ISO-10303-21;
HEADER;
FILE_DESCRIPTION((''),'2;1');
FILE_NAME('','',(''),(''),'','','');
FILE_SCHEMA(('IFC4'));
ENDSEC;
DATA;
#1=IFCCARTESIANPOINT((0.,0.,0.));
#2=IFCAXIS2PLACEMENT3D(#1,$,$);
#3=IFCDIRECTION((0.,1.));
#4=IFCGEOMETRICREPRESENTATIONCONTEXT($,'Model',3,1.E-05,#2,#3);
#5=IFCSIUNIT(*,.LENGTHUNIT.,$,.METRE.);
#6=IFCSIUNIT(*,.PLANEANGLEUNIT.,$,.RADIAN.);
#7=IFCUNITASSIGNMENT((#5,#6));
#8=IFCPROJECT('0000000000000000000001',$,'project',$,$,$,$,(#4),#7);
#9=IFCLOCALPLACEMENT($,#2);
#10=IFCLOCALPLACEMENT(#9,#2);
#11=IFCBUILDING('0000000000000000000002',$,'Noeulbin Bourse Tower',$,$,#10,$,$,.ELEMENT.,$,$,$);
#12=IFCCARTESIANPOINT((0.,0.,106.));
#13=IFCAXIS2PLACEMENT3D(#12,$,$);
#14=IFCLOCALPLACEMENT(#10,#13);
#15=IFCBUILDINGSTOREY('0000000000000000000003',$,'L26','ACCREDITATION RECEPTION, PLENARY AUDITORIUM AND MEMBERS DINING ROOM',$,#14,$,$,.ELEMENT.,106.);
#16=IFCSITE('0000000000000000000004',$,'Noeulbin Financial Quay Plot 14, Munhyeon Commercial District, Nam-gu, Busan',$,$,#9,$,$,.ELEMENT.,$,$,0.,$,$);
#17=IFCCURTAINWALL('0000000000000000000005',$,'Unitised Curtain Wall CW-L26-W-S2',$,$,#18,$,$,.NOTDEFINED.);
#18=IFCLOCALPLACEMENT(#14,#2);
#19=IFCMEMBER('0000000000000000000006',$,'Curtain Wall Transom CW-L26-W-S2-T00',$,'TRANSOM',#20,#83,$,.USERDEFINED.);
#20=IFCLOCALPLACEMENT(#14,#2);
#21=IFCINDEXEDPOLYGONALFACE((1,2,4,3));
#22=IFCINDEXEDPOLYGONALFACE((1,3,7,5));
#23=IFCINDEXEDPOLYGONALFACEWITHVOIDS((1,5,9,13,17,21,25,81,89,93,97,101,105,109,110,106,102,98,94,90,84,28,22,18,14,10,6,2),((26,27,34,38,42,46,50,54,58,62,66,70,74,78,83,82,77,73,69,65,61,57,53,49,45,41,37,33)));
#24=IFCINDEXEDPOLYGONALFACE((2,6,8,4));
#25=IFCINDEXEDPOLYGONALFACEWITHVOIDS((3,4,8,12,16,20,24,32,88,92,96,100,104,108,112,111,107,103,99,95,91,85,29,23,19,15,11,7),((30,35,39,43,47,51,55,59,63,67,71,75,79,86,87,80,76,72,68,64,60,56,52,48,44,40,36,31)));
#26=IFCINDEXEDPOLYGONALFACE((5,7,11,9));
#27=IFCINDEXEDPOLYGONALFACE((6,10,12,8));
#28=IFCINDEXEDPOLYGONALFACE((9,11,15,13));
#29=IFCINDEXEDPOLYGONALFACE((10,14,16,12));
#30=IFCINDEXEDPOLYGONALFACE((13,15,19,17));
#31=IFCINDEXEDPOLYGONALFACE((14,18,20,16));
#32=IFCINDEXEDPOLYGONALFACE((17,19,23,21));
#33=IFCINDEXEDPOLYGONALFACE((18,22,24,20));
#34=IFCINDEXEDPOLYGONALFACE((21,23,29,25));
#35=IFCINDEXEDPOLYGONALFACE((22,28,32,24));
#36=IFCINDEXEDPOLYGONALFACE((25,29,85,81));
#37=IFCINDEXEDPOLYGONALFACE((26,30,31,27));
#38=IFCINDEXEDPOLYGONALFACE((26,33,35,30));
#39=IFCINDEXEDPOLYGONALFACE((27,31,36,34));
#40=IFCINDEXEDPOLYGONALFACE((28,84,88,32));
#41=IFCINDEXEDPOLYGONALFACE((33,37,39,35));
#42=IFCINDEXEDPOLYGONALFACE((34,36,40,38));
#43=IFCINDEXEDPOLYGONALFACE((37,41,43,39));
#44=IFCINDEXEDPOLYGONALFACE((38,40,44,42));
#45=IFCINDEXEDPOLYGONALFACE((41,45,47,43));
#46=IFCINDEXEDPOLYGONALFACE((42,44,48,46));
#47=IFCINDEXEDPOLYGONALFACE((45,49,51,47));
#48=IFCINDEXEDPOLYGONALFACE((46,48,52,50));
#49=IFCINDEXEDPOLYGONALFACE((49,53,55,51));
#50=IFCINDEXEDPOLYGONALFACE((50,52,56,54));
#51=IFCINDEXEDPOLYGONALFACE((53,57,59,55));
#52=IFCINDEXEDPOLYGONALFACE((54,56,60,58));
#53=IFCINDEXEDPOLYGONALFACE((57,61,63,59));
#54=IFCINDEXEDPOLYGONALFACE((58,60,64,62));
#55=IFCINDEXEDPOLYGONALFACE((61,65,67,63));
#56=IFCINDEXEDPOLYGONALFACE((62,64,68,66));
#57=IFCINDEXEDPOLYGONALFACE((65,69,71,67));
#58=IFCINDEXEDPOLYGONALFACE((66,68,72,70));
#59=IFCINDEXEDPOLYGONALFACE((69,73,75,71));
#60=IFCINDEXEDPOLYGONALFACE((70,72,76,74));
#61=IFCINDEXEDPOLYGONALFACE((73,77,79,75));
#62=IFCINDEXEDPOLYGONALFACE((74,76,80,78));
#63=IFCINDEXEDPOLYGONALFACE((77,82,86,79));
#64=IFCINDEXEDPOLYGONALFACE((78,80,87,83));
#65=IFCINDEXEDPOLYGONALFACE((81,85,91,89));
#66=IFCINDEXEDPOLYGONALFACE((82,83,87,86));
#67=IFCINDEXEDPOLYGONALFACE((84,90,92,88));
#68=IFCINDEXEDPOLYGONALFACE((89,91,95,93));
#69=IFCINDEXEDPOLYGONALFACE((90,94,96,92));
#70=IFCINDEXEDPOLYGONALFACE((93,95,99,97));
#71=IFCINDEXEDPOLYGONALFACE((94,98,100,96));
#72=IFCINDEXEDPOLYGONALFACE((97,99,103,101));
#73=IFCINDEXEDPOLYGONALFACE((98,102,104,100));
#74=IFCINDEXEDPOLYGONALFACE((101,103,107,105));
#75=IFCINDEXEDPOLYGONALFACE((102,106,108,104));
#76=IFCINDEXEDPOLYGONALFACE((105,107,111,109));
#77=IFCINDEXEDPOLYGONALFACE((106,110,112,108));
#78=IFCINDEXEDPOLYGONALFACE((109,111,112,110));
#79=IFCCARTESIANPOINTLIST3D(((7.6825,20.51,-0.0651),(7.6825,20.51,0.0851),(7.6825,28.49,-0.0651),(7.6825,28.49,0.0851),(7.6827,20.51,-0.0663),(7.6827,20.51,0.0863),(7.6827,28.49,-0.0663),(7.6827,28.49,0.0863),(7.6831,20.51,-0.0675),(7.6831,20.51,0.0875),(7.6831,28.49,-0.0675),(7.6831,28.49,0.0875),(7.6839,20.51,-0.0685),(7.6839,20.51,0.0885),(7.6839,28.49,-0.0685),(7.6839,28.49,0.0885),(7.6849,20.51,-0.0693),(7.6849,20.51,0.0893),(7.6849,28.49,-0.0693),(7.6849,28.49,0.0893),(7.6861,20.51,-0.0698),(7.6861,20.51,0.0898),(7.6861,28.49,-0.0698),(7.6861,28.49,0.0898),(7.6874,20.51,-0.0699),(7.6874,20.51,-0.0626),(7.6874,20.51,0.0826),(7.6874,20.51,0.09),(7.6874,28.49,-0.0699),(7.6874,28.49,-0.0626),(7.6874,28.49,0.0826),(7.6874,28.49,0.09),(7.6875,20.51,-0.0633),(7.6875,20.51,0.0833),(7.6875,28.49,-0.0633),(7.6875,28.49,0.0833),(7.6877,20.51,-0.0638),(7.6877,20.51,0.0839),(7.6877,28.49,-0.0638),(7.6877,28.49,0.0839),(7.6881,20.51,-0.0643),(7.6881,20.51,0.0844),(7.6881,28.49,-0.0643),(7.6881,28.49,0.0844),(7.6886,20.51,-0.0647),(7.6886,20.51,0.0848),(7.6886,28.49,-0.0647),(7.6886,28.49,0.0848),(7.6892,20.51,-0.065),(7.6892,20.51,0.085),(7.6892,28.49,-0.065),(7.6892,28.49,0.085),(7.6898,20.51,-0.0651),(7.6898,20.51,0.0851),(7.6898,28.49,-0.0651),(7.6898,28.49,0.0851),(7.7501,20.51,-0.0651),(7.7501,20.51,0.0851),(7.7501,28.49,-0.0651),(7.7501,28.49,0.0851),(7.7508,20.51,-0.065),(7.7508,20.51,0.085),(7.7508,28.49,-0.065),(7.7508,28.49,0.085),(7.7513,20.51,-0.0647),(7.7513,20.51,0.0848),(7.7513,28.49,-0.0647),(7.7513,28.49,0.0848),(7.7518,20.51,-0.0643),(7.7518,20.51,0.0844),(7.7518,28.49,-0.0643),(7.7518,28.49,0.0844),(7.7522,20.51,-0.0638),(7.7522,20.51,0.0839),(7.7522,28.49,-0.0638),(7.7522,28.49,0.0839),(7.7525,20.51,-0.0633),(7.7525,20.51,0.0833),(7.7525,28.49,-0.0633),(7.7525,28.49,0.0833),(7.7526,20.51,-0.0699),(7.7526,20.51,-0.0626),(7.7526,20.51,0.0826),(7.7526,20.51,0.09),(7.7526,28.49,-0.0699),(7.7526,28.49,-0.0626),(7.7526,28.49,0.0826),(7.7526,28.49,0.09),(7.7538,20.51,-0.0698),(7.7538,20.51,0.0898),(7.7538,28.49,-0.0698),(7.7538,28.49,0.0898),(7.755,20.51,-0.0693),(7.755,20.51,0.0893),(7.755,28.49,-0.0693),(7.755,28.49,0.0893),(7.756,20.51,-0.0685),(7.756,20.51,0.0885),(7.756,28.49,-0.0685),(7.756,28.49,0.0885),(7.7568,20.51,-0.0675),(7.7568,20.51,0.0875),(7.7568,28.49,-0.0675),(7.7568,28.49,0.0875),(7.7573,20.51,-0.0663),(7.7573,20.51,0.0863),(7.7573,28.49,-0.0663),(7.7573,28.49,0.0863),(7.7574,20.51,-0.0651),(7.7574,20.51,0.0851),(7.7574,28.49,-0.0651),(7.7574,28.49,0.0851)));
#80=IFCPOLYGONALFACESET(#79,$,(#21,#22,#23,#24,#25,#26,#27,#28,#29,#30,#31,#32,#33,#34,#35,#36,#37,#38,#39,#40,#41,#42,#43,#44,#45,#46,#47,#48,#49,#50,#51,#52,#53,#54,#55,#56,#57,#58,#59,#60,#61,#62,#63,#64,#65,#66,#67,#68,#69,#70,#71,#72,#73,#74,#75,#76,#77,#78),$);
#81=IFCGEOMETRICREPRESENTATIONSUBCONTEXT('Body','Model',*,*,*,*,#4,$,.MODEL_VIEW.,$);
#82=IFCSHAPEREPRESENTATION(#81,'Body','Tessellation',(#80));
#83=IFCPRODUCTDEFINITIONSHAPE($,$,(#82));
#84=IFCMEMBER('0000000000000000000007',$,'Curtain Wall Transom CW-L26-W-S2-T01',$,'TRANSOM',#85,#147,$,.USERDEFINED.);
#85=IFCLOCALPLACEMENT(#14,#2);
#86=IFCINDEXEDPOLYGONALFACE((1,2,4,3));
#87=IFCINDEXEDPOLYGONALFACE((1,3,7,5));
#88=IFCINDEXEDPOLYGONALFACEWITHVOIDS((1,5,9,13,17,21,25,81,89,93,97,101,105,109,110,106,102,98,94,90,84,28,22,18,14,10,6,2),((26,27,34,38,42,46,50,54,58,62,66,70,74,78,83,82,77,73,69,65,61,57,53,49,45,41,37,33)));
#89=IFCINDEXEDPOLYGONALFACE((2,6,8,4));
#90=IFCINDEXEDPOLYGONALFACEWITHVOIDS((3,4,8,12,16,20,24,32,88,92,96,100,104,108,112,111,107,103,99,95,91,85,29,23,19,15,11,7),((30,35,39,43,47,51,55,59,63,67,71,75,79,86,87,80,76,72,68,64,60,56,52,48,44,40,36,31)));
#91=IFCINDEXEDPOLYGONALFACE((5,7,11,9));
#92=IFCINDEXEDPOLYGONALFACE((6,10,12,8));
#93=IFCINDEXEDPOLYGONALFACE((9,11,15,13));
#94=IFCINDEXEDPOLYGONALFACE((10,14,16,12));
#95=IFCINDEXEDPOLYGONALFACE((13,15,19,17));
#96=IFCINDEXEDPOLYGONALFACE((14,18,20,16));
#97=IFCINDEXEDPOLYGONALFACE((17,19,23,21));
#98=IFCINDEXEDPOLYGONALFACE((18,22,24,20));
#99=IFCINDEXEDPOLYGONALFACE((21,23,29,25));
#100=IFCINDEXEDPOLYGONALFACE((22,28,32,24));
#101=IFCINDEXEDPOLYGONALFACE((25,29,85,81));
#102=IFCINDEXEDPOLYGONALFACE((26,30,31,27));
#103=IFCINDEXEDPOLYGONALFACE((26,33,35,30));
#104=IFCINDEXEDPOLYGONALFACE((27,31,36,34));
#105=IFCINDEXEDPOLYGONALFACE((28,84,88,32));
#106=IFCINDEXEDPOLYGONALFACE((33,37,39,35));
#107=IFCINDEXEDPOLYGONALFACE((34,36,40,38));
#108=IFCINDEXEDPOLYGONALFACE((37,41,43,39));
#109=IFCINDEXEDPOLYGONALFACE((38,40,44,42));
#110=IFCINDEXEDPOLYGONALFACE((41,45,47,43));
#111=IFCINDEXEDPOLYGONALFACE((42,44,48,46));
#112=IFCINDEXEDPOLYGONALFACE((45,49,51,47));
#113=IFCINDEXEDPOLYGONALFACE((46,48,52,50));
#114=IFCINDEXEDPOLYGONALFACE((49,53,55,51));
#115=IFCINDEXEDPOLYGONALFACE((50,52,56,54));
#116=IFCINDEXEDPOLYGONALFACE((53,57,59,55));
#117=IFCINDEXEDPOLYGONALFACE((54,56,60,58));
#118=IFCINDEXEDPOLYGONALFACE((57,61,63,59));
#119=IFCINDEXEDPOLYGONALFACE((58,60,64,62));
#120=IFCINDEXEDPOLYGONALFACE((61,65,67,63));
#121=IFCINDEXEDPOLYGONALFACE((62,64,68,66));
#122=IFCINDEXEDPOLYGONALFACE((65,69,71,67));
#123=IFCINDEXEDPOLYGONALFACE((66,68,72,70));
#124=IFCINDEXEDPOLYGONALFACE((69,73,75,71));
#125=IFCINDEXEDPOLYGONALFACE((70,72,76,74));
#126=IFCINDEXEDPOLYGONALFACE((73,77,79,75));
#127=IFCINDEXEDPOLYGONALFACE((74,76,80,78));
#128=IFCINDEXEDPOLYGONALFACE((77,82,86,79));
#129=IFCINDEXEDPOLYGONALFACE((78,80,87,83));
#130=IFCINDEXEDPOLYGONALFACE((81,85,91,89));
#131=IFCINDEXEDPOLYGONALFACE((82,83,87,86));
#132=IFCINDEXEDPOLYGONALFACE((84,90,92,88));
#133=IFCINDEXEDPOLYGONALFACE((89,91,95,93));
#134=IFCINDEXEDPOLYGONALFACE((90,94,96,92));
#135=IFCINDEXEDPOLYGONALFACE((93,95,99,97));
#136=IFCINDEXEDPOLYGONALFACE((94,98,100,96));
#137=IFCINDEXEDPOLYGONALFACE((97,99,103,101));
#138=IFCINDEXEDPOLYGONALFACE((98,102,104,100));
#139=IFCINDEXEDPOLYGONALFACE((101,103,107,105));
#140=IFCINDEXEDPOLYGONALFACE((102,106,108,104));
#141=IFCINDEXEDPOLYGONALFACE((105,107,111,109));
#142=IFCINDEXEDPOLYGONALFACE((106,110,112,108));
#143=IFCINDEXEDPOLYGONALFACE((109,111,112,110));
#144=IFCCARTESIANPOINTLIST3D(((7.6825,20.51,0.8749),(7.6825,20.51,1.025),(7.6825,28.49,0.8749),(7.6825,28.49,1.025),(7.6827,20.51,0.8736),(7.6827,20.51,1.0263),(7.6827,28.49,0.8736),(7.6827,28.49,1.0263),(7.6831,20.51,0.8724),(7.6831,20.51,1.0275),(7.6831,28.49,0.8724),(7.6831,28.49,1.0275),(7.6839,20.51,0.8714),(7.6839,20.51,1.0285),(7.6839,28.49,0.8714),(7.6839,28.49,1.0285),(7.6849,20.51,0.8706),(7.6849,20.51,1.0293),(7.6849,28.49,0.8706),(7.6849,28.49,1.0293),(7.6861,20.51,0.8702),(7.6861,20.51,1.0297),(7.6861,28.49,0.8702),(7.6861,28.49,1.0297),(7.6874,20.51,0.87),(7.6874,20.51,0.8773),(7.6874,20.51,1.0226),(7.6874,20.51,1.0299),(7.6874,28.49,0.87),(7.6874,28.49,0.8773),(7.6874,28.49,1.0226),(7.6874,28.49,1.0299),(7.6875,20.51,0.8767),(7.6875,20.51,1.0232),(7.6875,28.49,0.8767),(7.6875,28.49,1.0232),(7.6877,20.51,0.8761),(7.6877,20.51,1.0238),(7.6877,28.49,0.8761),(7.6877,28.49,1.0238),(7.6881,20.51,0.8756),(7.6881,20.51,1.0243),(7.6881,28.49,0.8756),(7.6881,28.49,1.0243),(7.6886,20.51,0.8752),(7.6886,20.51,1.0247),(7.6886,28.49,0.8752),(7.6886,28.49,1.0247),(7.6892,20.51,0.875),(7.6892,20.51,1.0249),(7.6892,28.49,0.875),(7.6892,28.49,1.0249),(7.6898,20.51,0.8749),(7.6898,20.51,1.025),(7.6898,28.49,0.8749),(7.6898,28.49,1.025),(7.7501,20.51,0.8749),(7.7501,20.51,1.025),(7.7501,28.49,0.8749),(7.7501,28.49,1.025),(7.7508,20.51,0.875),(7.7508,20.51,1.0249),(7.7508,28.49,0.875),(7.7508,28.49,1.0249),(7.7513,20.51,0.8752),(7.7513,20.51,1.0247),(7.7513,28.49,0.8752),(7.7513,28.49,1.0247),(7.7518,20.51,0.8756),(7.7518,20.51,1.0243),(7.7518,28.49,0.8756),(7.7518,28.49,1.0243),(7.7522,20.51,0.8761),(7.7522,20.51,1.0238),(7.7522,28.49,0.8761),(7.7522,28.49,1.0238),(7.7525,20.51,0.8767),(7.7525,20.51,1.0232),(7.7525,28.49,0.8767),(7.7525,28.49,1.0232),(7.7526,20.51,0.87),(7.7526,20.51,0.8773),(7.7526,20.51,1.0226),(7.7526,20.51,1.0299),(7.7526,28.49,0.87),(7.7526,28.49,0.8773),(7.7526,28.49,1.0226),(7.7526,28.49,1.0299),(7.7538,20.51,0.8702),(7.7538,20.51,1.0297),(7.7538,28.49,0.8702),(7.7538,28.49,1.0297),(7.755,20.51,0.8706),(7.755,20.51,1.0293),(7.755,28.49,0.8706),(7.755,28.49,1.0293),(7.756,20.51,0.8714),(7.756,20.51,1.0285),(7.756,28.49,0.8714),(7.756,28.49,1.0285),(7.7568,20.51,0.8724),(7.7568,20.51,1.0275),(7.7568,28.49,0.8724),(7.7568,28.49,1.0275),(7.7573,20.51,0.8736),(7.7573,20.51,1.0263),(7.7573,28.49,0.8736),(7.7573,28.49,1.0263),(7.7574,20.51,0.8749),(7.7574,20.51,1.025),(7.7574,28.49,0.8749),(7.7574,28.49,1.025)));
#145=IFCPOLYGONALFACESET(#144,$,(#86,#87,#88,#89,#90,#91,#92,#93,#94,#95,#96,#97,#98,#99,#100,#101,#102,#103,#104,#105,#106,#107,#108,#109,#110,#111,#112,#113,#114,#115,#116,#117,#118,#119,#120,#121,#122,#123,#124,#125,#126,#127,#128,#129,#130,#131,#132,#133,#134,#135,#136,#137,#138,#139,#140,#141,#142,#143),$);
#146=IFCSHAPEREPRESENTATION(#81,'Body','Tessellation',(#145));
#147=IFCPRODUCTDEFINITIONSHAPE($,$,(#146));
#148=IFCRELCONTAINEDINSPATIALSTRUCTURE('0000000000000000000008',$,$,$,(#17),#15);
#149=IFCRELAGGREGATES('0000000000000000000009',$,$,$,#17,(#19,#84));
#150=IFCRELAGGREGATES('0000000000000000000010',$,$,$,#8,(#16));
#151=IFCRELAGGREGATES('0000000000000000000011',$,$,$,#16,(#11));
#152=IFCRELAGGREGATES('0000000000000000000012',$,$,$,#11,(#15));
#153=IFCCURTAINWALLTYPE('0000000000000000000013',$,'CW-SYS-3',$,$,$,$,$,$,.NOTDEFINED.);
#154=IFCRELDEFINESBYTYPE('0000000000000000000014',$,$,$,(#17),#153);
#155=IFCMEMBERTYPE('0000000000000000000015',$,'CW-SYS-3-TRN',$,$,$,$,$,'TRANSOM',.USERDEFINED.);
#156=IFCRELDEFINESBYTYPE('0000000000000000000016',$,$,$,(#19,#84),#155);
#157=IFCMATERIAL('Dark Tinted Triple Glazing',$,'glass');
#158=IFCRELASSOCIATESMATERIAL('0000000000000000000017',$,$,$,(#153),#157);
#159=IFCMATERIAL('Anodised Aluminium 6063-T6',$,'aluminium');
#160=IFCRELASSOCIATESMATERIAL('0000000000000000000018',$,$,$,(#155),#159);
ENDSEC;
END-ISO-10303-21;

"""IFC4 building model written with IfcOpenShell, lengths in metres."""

from ifc_helpers import new_model, si_unit, direction, frame, origin, origin_2d, place, context, subcontext, project, spatial, hollow_rectangle, extrude, material, material_profile, profile_set, type_object, element, aggregate, save


model = new_model("IFC4")

# Units and contexts
model_context = context("Model", 3, precision=1e-05, world=origin(), true_north=direction((0.0, 1.0)))
body_context = subcontext(model_context, "Body", "Model", "MODEL_VIEW")
ifc_project = project(units=[si_unit("LENGTHUNIT", "METRE"), si_unit("PLANEANGLEUNIT", "RADIAN")], contexts=[model_context])

# Site, building, storey
site_placement = place(None, origin())
site = spatial("IfcSite", under=ifc_project, at=site_placement, Name="Noeulbin Financial Quay Plot 14, Munhyeon Commercial District, Nam-gu, Busan", CompositionType="ELEMENT", RefElevation=0.0)
building_placement = place(site_placement, origin())
building = spatial("IfcBuilding", under=site, at=building_placement, Name="Noeulbin Bourse Tower", CompositionType="ELEMENT")
storey_placement = place(building_placement, frame((0.0, 0.0, 106.0)))
storey = spatial("IfcBuildingStorey", under=building, at=storey_placement, Name="L26", Description="ACCREDITATION RECEPTION, PLENARY AUDITORIUM AND MEMBERS DINING ROOM", CompositionType="ELEMENT", Elevation=106.0)

# Curtain wall
ifc_material_1 = material(Name="Dark Tinted Triple Glazing", Category="glass")
curtain_wall_type = type_object("IfcCurtainWallType", Name="CW-SYS-3", PredefinedType="NOTDEFINED", material=ifc_material_1)
ifc_material_2 = material(Name="Anodised Aluminium 6063-T6", Category="aluminium")
curtain_wall_1_placement = place(storey_placement, origin())
curtain_wall_1 = element("IfcCurtainWall", 1, at=curtain_wall_1_placement, inside=storey, type_object=curtain_wall_type, Name="Unitised Curtain Wall CW-L26-W-S2", PredefinedType="NOTDEFINED")

# Members
ifc_material_profile_1 = material_profile(ifc_material_2, hollow_rectangle(XDim=0.075, YDim=0.1599, WallThickness=0.0049, InnerFilletRadius=0.0024, OuterFilletRadius=0.0049, at=origin_2d()), Name="ALU-TRAN-75x160x5", Category="LoadBearing")
ifc_profile_set_1 = profile_set([ifc_material_profile_1], Name="Anodised Aluminium 6063-T6")
member_type_1 = type_object("IfcMemberType", Name="CW-SYS-3-TRN", ElementType="TRANSOM", PredefinedType="USERDEFINED", material=ifc_profile_set_1)
member_1_placement = place(storey_placement, frame((7.72, 20.51, 0.01), z_axis=(0.0, 1.0, 0.0), x_axis=(-1.0, 0.0, 0.0)))
member_1 = element("IfcMember", 2, at=member_1_placement, type_object=member_type_1, Name="Curtain Wall Transom CW-L26-W-S2-T00", ObjectType="TRANSOM", PredefinedType="USERDEFINED", context=body_context, shape_type="SweptSolid", body=[
    extrude(hollow_rectangle(XDim=0.075, YDim=0.1599, WallThickness=0.0049, InnerFilletRadius=0.0024, OuterFilletRadius=0.0049, at=origin_2d()), origin(), (0.0, 0.0, 1.0), 7.98),
])
member_2_placement = place(storey_placement, frame((7.72, 20.51, 0.95), z_axis=(0.0, 1.0, 0.0), x_axis=(-1.0, 0.0, 0.0)))
member_2 = element("IfcMember", 3, at=member_2_placement, type_object=member_type_1, Name="Curtain Wall Transom CW-L26-W-S2-T01", ObjectType="TRANSOM", PredefinedType="USERDEFINED", context=body_context, shape_type="SweptSolid", body=[
    extrude(hollow_rectangle(XDim=0.075, YDim=0.1599, WallThickness=0.0049, InnerFilletRadius=0.0024, OuterFilletRadius=0.0049, at=origin_2d()), origin(), (0.0, 0.0, 1.0), 7.98),
])

aggregate(curtain_wall_1, [member_1, member_2])

save(model, "model.ifc")
